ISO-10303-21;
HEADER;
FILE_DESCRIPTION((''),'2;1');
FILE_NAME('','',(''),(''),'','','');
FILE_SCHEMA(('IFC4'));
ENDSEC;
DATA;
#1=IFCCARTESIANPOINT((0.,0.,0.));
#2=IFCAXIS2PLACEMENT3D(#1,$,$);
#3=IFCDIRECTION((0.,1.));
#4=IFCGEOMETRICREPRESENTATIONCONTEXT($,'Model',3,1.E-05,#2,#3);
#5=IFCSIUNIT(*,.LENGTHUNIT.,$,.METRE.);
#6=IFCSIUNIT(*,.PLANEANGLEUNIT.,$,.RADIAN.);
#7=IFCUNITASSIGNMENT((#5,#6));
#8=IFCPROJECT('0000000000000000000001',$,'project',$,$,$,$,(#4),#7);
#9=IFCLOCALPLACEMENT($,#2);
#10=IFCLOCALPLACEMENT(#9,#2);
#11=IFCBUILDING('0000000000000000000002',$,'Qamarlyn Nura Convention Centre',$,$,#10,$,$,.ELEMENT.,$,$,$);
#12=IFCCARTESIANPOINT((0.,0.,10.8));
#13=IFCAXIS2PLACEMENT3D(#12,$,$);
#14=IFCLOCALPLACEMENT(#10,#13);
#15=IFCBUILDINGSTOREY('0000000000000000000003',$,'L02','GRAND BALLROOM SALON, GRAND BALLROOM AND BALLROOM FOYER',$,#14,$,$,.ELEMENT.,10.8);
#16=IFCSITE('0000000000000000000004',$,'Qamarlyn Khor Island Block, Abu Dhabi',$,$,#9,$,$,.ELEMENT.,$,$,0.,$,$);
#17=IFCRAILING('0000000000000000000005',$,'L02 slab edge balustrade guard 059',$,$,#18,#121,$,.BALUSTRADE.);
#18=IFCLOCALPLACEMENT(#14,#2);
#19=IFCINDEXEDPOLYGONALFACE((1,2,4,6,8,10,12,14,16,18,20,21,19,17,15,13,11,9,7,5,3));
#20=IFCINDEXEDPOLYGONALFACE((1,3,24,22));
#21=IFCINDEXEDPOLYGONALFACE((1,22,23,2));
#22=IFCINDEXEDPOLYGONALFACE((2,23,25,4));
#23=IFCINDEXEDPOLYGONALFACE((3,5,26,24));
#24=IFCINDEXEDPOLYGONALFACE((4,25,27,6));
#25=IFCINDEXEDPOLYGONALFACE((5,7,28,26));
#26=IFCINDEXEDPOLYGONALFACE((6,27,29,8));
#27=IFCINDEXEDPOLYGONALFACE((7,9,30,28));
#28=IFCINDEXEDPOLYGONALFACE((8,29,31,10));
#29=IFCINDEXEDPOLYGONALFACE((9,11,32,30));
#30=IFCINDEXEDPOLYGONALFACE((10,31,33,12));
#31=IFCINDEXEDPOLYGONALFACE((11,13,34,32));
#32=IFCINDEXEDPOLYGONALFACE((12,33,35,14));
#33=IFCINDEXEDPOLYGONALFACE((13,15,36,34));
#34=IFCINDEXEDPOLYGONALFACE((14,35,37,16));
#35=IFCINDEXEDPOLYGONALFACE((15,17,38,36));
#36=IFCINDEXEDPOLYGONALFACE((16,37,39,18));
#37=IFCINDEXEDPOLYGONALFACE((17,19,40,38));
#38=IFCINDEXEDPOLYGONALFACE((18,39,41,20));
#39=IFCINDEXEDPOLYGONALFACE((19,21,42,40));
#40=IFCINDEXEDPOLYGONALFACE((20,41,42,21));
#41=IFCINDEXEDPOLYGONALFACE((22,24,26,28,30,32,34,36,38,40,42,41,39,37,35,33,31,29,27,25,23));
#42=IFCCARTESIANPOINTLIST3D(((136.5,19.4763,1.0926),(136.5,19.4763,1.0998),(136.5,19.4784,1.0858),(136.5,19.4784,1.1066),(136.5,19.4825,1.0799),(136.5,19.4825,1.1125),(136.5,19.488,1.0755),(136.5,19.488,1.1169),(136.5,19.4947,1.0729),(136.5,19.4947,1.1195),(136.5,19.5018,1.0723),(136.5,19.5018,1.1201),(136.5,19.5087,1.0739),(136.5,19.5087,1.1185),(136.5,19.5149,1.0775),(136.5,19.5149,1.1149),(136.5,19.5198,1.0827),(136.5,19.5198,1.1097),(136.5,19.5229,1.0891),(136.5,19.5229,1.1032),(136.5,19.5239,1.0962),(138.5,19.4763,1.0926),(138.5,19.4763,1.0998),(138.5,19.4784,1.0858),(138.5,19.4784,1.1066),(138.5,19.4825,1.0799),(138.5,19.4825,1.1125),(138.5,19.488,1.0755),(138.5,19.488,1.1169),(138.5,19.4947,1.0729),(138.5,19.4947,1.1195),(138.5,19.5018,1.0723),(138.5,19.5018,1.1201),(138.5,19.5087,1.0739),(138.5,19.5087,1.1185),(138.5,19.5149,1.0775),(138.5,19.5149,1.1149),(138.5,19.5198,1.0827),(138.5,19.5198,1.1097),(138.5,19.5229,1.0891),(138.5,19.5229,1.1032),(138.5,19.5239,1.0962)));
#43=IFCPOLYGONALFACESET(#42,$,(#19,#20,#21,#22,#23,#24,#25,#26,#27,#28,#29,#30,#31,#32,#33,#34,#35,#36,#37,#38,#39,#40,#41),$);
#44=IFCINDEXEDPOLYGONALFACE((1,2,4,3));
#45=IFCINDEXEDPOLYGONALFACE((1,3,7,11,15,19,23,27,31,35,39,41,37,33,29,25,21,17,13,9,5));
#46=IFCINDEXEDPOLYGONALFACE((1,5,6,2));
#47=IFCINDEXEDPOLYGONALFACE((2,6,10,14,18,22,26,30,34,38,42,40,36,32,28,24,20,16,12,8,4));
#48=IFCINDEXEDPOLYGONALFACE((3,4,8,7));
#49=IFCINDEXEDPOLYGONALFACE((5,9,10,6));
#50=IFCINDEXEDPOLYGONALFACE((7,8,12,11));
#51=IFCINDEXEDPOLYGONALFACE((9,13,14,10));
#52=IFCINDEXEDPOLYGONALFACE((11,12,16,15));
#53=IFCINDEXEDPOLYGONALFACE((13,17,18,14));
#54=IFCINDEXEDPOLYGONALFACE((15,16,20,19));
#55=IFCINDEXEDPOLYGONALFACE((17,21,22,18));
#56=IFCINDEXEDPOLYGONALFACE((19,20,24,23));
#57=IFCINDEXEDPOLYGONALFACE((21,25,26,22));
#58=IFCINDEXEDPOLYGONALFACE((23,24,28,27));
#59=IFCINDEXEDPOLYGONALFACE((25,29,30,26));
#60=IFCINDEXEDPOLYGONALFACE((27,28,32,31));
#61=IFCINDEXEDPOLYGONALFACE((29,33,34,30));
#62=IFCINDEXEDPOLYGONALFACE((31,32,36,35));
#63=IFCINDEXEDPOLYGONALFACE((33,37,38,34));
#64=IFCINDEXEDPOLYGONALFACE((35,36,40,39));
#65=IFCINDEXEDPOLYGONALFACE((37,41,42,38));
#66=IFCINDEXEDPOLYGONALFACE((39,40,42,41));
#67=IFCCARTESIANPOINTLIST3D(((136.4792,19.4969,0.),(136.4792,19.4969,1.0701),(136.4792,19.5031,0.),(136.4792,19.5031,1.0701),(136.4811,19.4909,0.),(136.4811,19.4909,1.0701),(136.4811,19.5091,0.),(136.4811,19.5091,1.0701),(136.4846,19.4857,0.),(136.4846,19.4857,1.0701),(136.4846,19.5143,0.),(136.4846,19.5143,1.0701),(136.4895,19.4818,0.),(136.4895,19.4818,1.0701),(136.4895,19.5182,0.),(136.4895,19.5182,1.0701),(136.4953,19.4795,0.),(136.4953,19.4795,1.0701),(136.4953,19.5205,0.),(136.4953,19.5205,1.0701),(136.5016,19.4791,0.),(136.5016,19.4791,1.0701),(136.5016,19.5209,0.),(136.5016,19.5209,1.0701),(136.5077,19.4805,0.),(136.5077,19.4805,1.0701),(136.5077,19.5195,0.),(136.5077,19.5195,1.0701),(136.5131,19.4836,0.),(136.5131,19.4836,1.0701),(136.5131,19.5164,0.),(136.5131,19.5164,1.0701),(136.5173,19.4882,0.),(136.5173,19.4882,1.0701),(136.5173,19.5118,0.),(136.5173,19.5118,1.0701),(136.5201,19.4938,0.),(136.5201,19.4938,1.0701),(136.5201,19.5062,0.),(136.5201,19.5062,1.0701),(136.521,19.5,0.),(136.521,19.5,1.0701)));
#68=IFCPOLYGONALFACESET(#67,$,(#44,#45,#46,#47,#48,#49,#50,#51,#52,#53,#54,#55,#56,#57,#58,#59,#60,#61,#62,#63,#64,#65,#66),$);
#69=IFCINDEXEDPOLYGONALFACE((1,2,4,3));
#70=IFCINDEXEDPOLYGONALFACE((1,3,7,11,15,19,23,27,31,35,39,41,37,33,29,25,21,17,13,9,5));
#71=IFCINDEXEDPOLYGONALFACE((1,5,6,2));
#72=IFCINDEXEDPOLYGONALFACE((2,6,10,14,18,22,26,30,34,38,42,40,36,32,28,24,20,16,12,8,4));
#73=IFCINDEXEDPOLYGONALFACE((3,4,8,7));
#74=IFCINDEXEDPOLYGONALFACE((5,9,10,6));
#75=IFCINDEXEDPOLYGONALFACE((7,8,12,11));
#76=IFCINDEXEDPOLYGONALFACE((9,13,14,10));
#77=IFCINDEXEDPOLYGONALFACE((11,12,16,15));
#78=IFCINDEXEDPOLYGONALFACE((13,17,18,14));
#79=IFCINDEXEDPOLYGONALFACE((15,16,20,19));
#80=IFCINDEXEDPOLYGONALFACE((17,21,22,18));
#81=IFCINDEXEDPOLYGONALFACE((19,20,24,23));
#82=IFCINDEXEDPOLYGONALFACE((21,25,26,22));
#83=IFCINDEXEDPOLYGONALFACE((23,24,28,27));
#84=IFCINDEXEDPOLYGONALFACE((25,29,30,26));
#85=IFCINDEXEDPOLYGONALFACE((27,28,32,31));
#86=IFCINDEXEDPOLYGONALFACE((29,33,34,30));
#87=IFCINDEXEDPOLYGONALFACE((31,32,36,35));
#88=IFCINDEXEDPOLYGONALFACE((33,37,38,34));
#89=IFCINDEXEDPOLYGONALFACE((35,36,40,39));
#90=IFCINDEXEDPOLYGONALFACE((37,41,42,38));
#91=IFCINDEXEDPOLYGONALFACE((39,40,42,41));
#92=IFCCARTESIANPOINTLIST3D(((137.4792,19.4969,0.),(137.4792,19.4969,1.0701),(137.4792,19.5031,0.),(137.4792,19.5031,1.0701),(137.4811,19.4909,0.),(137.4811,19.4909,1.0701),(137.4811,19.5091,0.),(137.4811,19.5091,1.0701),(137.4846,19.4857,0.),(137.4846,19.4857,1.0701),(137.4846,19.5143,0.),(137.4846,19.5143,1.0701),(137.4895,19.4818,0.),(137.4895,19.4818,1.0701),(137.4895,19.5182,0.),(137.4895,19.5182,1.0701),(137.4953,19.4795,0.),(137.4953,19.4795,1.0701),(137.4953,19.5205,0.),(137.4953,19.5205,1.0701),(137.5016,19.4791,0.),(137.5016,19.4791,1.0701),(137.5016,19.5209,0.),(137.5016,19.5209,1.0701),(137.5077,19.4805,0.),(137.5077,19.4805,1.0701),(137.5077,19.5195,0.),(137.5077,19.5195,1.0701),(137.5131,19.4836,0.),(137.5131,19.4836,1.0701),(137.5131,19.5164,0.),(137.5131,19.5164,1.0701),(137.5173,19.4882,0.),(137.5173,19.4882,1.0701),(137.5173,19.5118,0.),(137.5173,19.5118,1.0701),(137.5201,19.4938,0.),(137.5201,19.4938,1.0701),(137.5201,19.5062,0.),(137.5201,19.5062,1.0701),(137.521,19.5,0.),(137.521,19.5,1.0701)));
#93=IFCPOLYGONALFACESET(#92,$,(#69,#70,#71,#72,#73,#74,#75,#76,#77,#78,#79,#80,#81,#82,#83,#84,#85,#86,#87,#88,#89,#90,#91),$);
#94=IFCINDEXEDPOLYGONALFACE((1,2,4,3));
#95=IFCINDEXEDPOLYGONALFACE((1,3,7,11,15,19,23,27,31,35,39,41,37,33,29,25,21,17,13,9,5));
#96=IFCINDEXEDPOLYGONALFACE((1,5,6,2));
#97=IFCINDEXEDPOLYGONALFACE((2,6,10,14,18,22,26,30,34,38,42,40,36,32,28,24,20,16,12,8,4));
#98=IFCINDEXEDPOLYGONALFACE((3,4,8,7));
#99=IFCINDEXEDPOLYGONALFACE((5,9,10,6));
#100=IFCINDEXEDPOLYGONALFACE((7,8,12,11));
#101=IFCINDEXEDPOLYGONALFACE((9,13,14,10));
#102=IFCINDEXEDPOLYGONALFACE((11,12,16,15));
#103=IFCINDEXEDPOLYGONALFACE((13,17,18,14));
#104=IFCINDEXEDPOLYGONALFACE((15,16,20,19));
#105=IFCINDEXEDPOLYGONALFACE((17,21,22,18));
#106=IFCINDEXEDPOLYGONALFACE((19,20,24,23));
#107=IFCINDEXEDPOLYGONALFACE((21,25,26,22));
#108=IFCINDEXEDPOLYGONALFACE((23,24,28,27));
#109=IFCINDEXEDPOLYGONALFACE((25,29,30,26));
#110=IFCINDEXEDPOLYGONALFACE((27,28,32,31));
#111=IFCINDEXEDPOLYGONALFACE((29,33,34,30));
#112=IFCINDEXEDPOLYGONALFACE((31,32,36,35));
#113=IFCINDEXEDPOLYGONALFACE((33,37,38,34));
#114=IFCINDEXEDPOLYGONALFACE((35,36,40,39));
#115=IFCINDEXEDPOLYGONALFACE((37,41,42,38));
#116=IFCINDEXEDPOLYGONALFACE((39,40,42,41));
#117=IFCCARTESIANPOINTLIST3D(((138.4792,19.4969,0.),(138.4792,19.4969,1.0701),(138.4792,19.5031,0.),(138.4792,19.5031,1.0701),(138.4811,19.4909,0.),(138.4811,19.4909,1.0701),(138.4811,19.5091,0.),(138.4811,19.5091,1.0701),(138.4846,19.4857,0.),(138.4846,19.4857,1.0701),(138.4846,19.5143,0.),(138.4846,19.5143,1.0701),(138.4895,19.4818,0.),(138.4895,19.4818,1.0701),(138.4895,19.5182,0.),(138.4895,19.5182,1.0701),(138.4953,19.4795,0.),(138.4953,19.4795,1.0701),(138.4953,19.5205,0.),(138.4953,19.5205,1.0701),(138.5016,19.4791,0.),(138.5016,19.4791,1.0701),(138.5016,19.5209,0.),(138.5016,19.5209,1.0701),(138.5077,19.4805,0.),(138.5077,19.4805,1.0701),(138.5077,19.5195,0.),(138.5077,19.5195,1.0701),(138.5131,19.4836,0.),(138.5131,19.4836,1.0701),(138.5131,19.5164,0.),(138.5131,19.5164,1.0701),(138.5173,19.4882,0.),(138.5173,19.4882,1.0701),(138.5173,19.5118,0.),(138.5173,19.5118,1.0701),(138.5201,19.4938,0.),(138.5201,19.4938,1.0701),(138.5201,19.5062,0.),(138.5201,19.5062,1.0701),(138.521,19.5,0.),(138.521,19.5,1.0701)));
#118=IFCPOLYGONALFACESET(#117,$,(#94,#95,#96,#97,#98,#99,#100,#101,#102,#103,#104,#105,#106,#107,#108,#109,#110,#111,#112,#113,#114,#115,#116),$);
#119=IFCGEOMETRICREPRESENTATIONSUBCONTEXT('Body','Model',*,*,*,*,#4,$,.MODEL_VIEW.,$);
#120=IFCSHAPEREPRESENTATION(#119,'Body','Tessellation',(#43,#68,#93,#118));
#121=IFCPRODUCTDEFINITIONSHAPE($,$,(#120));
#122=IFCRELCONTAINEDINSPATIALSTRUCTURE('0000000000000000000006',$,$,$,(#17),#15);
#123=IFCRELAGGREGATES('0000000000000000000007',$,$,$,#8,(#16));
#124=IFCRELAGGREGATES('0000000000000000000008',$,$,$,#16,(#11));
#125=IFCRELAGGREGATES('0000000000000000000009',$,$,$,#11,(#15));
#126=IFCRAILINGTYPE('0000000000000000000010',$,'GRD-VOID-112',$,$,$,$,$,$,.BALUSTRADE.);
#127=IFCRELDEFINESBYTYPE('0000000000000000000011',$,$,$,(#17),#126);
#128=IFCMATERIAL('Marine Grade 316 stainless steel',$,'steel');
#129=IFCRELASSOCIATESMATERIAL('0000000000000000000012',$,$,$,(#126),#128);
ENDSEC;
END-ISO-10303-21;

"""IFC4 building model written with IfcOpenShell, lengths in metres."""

from ifc_helpers import new_model, si_unit, direction, frame, origin, origin_2d, place, context, subcontext, project, spatial, circle, extrude, material, type_object, element, save


model = new_model("IFC4")

# Units and contexts
model_context = context("Model", 3, precision=1e-05, world=origin(), true_north=direction((0.0, 1.0)))
body_context = subcontext(model_context, "Body", "Model", "MODEL_VIEW")
ifc_project = project(units=[si_unit("LENGTHUNIT", "METRE"), si_unit("PLANEANGLEUNIT", "RADIAN")], contexts=[model_context])

# Site, building, storey
site_placement = place(None, origin())
site = spatial("IfcSite", under=ifc_project, at=site_placement, Name="Qamarlyn Khor Island Block, Abu Dhabi", CompositionType="ELEMENT", RefElevation=0.0)
building_placement = place(site_placement, origin())
building = spatial("IfcBuilding", under=site, at=building_placement, Name="Qamarlyn Nura Convention Centre", CompositionType="ELEMENT")
storey_placement = place(building_placement, frame((0.0, 0.0, 10.8)))
storey = spatial("IfcBuildingStorey", under=building, at=storey_placement, Name="L02", Description="GRAND BALLROOM SALON, GRAND BALLROOM AND BALLROOM FOYER", CompositionType="ELEMENT", Elevation=10.8)

# Railing
ifc_material_1 = material(Name="Marine Grade 316 stainless steel", Category="steel")
railing_type = type_object("IfcRailingType", Name="GRD-VOID-112", PredefinedType="BALUSTRADE", material=ifc_material_1)
railing_1_placement = place(storey_placement, frame((136.5, 19.5, 0.0)))
element("IfcRailing", 1, at=railing_1_placement, inside=storey, type_object=railing_type, Name="L02 slab edge balustrade guard 059", PredefinedType="BALUSTRADE", context=body_context, shape_type="SweptSolid", body=[
    extrude(circle(Radius=0.0239, at=origin_2d()), frame((0.0, 0.0, 1.0962), z_axis=(1.0, 0.0, 0.0), x_axis=(0.0, 1.0, 0.0)), (0.0, 0.0, 1.0), 2.0),
    extrude(circle(Radius=0.021, at=origin_2d()), origin(), (0.0, 0.0, 1.0), 1.0701),
    extrude(circle(Radius=0.021, at=origin_2d()), frame((1.0, 0.0, 0.0)), (0.0, 0.0, 1.0), 1.0701),
    extrude(circle(Radius=0.021, at=origin_2d()), frame((2.0, 0.0, 0.0)), (0.0, 0.0, 1.0), 1.0701),
])

save(model, "model.ifc")
